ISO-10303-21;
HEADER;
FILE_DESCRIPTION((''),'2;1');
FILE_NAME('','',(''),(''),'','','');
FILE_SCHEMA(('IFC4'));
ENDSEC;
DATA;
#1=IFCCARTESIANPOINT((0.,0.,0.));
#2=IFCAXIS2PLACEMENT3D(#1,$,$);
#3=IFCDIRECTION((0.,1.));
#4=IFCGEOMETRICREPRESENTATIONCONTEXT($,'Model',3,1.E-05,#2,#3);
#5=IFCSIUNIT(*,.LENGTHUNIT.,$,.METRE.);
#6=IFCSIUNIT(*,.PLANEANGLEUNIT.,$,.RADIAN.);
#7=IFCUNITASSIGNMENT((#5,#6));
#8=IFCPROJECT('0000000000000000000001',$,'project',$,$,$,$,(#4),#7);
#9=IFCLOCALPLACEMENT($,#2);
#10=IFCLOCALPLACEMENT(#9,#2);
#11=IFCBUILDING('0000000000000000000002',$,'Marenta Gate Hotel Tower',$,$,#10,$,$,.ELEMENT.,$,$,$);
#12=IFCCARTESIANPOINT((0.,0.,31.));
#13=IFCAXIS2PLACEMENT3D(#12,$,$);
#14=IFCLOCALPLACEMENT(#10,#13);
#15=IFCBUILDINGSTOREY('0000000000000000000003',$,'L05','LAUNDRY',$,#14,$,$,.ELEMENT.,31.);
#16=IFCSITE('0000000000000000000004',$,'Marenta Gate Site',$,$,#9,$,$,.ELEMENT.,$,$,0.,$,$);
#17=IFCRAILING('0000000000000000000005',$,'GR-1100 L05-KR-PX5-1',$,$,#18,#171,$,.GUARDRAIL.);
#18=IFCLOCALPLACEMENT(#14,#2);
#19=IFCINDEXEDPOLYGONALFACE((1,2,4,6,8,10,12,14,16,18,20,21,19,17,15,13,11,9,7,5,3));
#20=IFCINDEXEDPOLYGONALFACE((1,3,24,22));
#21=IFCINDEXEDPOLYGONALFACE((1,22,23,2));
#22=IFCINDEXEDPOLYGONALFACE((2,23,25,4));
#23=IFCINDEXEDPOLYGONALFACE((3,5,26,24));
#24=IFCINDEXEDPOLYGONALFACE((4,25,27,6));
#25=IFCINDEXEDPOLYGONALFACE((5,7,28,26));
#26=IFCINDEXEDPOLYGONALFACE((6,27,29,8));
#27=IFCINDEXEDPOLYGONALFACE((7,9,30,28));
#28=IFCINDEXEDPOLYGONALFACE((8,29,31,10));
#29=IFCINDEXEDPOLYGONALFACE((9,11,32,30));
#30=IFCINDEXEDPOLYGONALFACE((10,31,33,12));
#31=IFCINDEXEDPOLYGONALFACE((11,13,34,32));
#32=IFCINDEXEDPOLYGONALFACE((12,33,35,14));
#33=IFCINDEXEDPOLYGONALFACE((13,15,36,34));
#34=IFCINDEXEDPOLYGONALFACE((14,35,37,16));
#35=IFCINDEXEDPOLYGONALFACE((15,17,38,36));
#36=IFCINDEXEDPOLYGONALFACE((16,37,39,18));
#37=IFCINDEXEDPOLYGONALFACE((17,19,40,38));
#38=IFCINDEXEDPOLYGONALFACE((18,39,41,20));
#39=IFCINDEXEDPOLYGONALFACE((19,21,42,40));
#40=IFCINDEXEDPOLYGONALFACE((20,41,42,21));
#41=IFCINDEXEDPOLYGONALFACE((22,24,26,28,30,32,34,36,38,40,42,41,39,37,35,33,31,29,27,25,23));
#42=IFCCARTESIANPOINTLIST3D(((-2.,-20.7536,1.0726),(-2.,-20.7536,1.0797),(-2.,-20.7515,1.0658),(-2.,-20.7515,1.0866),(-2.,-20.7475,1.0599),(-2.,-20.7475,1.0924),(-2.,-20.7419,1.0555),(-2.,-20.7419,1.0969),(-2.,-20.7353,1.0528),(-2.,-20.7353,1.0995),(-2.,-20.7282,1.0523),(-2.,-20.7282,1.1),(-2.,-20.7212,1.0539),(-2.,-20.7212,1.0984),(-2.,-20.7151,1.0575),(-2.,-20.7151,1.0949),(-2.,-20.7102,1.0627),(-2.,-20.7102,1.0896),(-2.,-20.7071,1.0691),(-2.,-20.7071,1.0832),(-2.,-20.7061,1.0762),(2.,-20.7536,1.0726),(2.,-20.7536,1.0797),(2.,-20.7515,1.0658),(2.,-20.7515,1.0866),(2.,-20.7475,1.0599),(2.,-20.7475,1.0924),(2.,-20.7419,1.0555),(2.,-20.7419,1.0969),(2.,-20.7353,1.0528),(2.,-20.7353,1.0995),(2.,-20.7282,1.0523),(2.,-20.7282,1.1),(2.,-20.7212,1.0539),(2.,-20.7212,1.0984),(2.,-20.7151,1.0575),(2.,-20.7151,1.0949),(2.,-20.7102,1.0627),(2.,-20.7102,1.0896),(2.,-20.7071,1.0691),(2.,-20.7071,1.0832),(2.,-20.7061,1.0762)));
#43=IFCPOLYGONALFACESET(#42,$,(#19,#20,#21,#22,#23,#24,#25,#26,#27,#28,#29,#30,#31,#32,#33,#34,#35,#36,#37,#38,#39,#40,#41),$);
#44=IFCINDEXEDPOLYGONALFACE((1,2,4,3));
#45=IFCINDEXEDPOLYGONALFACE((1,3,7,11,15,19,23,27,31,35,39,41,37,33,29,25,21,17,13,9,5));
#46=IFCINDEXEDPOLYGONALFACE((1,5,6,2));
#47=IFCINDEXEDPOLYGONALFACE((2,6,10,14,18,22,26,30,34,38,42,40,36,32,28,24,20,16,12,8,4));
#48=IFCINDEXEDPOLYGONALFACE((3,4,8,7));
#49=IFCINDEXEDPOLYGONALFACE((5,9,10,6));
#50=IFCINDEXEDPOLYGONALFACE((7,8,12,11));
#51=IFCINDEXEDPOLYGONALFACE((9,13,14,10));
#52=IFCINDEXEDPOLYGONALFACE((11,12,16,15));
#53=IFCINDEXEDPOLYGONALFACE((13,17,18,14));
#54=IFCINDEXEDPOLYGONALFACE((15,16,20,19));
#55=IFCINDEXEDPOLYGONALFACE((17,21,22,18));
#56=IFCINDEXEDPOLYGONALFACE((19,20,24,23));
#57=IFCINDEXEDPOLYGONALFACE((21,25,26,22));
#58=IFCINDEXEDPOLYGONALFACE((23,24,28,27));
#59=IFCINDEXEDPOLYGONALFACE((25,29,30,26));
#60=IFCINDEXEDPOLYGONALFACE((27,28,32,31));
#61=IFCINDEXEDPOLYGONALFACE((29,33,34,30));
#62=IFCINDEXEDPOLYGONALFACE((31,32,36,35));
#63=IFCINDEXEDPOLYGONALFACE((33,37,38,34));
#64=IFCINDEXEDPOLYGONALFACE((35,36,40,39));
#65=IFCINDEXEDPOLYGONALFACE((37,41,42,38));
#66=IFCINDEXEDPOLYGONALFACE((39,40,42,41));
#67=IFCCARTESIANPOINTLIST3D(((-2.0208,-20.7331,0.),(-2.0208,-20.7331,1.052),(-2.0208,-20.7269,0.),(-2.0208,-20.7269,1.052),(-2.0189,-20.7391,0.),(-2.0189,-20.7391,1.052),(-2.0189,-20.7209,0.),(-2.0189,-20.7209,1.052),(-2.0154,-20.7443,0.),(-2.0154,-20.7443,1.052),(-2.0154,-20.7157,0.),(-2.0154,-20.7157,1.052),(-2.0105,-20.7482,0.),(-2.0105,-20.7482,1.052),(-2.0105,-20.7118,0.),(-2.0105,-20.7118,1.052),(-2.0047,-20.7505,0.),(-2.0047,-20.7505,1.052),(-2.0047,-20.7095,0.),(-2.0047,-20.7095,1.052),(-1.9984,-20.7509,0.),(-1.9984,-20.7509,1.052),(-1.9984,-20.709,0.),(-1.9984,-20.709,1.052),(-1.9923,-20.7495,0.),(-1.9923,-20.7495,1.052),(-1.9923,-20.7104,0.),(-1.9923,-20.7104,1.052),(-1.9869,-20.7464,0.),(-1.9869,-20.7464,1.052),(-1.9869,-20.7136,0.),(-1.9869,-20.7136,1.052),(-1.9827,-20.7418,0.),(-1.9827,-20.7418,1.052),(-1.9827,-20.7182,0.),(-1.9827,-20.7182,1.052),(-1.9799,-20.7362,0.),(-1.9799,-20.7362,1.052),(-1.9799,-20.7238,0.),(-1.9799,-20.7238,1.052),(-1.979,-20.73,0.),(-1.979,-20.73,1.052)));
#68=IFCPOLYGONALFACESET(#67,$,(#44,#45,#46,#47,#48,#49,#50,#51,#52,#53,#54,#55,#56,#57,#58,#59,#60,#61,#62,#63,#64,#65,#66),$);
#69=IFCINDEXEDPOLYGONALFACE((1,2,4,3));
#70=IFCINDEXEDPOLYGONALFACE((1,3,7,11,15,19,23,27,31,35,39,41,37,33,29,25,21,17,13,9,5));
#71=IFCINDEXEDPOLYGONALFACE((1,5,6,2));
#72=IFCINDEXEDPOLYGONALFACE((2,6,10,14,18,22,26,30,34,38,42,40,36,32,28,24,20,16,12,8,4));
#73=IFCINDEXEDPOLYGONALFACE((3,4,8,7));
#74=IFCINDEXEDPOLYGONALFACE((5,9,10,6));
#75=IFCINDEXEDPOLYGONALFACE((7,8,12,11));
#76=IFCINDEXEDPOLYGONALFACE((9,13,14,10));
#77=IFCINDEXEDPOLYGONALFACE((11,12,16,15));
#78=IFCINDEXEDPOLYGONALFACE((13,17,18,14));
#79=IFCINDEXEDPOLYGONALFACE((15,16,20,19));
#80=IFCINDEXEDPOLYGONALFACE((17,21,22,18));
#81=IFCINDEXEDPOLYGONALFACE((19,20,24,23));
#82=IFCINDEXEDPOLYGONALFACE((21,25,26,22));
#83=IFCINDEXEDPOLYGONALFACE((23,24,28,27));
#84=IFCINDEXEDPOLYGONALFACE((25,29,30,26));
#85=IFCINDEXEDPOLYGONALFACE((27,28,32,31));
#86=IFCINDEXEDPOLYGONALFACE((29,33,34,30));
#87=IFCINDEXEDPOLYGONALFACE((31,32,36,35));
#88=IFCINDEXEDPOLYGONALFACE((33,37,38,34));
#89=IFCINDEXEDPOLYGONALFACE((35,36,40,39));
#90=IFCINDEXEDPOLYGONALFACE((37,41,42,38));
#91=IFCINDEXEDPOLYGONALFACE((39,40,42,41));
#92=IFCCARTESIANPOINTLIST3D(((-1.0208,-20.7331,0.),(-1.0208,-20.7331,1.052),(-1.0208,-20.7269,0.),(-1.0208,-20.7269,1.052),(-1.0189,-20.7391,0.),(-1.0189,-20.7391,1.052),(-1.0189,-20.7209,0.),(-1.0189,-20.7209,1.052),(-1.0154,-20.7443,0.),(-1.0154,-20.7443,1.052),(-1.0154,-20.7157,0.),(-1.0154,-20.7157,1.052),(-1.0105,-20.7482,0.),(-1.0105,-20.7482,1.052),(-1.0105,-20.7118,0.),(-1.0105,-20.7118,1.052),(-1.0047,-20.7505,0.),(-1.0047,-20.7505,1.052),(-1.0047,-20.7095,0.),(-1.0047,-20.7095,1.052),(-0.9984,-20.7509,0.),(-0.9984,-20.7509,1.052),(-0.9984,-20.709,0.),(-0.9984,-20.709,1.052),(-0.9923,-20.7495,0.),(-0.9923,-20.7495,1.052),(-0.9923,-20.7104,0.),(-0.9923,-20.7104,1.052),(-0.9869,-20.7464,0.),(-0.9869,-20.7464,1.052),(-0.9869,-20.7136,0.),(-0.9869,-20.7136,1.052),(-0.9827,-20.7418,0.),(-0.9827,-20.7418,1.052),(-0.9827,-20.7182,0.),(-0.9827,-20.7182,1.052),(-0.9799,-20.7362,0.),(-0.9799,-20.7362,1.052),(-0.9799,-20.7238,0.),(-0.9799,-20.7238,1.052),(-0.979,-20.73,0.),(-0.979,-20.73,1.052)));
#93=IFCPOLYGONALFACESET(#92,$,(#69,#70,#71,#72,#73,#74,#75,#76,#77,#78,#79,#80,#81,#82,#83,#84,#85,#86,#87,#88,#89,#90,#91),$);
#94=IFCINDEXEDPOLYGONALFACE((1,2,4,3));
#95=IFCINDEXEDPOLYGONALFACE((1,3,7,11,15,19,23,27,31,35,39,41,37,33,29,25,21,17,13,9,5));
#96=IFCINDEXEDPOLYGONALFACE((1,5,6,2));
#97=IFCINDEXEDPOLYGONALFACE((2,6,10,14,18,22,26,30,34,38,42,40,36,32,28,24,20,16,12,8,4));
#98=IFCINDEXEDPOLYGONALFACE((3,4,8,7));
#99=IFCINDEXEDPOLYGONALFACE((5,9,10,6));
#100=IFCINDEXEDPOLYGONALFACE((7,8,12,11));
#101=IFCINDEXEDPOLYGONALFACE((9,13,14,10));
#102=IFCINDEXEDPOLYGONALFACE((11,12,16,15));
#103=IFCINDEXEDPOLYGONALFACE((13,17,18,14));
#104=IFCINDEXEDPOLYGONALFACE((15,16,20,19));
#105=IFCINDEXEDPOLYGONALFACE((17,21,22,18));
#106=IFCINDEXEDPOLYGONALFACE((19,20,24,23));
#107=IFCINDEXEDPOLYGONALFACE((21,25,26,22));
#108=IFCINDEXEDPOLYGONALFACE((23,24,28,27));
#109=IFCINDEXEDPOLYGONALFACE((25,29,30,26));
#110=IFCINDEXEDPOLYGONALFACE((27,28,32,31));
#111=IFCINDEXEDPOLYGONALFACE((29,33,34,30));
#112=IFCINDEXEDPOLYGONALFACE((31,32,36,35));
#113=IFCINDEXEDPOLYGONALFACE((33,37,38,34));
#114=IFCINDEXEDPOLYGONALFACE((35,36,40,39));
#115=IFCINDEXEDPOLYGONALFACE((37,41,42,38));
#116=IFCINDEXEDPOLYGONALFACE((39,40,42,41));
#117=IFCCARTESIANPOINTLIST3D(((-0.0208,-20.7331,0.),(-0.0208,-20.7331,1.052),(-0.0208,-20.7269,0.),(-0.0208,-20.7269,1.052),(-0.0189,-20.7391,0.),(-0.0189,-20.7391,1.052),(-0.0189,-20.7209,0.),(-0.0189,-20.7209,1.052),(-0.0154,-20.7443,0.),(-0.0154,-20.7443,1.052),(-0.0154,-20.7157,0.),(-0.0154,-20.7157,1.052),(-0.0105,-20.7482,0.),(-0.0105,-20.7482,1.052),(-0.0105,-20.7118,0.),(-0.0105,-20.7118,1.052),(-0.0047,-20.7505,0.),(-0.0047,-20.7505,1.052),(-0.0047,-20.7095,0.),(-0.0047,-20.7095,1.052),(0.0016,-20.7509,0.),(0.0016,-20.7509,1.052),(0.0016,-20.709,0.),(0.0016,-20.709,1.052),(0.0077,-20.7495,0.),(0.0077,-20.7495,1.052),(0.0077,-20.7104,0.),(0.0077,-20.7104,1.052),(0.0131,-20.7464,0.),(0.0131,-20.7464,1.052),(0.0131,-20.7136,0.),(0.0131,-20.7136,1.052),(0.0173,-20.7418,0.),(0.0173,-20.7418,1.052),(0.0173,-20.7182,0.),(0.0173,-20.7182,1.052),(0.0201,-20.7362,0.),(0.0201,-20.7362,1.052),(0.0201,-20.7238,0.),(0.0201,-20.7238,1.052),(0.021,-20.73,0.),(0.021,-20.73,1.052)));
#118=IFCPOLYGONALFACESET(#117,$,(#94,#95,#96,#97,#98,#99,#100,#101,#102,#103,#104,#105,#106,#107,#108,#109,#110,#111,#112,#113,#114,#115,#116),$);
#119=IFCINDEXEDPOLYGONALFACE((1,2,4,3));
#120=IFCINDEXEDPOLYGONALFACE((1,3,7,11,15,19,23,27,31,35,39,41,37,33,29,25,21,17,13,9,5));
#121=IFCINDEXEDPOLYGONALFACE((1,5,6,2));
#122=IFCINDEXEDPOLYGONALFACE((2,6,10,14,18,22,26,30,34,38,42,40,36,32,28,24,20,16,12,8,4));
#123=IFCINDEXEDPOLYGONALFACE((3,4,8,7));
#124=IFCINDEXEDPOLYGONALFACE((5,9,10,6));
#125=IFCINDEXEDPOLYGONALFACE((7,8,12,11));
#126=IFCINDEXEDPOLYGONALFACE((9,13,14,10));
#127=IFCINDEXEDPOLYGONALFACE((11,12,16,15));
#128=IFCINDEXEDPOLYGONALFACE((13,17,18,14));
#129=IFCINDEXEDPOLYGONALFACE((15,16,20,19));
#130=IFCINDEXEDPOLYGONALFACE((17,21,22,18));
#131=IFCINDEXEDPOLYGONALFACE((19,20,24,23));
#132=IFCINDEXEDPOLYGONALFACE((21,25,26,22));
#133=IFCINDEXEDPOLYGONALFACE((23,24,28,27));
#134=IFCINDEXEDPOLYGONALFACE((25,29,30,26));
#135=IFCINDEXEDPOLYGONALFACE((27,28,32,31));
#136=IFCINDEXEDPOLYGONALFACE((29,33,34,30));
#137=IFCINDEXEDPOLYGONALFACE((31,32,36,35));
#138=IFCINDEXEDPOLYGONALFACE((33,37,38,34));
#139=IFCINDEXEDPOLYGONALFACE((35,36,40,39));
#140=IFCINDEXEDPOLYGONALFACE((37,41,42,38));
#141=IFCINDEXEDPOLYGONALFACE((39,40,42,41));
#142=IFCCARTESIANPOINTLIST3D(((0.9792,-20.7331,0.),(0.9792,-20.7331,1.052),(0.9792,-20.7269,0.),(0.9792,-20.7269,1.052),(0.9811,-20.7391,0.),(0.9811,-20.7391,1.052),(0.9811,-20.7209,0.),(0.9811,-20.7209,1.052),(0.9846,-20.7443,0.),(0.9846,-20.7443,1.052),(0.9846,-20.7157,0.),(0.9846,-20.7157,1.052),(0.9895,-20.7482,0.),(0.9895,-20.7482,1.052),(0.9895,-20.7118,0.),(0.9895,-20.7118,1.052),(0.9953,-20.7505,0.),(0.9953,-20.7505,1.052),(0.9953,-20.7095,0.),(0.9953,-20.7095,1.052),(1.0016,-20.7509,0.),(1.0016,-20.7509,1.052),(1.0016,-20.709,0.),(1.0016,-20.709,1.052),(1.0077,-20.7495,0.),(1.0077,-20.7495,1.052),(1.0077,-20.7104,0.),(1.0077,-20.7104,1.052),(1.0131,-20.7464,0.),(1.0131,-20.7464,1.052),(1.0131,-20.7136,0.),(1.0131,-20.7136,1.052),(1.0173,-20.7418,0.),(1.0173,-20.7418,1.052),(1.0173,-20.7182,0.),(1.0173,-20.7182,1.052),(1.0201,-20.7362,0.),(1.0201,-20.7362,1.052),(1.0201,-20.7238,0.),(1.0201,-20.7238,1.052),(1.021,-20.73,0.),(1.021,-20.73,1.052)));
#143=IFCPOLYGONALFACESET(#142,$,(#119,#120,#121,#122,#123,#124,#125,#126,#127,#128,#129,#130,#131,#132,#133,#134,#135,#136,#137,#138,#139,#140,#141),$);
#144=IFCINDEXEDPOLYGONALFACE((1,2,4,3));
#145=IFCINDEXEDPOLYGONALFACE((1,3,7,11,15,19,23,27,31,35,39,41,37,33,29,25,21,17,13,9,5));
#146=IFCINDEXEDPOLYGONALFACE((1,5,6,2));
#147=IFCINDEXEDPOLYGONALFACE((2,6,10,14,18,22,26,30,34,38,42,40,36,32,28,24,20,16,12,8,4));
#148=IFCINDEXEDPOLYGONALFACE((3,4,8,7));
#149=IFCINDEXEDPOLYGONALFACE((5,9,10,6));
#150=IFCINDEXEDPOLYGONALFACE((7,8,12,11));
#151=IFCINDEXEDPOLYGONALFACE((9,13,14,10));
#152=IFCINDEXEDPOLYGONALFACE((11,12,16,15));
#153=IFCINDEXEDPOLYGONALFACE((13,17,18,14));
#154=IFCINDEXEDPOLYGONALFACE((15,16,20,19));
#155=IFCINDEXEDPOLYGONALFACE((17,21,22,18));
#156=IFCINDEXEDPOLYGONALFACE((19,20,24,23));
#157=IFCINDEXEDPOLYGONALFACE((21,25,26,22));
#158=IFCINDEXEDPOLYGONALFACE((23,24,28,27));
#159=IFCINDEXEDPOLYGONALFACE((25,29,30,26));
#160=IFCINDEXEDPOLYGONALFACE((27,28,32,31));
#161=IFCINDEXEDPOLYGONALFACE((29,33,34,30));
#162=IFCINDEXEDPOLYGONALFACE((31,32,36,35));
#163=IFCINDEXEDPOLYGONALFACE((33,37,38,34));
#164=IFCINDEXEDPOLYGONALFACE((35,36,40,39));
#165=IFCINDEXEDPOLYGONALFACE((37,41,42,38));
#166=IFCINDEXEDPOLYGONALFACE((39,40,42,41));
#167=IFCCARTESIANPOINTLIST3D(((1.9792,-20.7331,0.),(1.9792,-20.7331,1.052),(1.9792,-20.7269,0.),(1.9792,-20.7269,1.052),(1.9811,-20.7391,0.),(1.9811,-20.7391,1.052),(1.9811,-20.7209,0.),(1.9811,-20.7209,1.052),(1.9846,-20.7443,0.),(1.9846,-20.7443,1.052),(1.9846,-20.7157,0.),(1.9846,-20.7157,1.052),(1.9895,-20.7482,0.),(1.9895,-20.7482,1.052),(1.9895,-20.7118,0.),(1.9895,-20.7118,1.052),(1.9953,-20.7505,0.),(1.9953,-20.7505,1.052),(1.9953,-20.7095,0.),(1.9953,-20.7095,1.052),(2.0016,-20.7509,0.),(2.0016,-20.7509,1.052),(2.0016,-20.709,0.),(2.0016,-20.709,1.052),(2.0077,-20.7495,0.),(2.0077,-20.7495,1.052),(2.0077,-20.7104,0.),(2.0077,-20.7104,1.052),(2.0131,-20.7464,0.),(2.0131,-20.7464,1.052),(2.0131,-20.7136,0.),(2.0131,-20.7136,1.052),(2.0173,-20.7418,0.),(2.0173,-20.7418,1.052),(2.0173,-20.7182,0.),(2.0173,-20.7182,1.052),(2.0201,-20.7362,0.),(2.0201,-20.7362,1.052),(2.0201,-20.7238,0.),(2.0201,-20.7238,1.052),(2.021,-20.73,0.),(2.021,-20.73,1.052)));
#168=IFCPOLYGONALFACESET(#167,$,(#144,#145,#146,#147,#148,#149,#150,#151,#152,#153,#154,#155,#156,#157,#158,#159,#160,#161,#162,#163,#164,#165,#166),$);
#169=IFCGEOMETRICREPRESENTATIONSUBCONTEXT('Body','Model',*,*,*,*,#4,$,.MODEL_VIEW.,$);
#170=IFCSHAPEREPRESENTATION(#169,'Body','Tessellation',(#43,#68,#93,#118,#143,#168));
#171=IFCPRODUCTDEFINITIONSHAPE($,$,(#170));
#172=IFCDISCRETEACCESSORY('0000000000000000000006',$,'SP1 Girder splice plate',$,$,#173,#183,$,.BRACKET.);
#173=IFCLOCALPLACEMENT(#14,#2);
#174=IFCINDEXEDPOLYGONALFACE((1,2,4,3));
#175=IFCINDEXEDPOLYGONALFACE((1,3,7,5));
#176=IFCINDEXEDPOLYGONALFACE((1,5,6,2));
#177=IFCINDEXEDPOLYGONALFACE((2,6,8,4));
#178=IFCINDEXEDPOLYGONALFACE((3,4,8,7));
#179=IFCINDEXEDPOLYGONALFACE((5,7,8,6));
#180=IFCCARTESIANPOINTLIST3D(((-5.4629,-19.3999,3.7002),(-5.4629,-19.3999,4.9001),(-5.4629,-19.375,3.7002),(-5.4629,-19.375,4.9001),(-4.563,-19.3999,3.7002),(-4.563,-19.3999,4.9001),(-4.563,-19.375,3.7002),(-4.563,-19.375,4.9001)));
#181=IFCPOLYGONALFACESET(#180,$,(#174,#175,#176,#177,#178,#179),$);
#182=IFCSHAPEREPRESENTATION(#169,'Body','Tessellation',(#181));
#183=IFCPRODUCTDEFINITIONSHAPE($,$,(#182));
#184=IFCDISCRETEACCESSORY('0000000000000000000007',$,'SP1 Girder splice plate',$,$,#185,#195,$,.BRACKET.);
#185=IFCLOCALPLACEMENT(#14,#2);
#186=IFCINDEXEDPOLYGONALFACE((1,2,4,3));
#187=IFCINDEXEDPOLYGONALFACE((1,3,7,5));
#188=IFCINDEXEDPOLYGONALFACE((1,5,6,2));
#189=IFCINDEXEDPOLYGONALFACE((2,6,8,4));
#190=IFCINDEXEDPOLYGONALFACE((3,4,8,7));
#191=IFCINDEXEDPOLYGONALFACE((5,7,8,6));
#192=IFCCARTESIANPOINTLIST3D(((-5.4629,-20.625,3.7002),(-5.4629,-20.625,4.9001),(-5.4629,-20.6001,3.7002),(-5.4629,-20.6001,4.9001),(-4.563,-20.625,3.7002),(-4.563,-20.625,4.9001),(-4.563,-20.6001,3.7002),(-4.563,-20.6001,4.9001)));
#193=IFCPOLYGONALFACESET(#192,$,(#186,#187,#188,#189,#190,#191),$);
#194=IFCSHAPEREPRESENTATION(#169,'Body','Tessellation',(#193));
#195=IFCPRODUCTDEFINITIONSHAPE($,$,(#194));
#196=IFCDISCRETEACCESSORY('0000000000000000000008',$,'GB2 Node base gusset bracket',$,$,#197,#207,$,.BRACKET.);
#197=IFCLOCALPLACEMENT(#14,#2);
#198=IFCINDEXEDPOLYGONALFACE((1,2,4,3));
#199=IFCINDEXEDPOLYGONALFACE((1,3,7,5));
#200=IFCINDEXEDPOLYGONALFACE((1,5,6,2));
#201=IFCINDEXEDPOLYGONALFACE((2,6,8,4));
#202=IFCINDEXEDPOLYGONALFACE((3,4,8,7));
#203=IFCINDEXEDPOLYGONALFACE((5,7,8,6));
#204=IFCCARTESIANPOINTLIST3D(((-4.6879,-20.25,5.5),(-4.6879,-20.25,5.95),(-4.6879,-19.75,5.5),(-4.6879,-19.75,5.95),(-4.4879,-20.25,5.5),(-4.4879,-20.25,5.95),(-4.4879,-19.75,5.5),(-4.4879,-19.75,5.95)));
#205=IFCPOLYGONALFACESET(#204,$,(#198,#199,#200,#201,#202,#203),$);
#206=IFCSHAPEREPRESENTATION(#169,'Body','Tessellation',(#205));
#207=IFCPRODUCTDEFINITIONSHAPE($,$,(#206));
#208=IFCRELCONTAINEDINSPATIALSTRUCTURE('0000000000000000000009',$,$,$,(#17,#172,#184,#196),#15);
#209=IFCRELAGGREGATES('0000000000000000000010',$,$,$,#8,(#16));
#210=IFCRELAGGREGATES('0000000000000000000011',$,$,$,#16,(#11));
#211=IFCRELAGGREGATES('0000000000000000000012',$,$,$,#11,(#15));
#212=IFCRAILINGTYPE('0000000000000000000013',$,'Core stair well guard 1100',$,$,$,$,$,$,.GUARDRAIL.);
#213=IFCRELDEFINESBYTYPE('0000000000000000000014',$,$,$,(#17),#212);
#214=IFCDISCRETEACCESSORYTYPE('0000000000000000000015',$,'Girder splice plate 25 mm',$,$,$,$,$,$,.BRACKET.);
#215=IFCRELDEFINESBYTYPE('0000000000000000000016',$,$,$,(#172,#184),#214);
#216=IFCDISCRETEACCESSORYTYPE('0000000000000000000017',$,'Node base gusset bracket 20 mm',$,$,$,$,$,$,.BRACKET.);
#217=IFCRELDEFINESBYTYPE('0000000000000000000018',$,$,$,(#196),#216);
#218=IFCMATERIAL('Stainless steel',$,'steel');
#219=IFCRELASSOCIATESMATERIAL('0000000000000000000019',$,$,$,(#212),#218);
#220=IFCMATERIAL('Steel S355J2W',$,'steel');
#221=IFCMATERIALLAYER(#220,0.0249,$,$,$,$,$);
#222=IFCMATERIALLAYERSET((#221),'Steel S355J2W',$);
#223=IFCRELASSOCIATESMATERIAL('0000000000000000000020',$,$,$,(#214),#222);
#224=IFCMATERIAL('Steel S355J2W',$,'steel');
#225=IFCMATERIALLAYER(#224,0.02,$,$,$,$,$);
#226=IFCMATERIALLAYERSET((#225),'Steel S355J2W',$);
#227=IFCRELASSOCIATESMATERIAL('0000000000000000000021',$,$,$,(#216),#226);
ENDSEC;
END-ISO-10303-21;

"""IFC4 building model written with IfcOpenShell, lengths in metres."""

from ifc_helpers import new_model, si_unit, direction, frame, origin, origin_2d, place, context, subcontext, project, spatial, rectangle, circle, extrude, material, layer, layer_set, type_object, element, save


model = new_model("IFC4")

# Units and contexts
model_context = context("Model", 3, precision=1e-05, world=origin(), true_north=direction((0.0, 1.0)))
body_context = subcontext(model_context, "Body", "Model", "MODEL_VIEW")
ifc_project = project(units=[si_unit("LENGTHUNIT", "METRE"), si_unit("PLANEANGLEUNIT", "RADIAN")], contexts=[model_context])

# Site, building, storey
site_placement = place(None, origin())
site = spatial("IfcSite", under=ifc_project, at=site_placement, Name="Marenta Gate Site", CompositionType="ELEMENT", RefElevation=0.0)
building_placement = place(site_placement, origin())
building = spatial("IfcBuilding", under=site, at=building_placement, Name="Marenta Gate Hotel Tower", CompositionType="ELEMENT")
storey_placement = place(building_placement, frame((0.0, 0.0, 31.0)))
storey = spatial("IfcBuildingStorey", under=building, at=storey_placement, Name="L05", Description="LAUNDRY", CompositionType="ELEMENT", Elevation=31.0)

# Railing
ifc_material_1 = material(Name="Stainless steel", Category="steel")
railing_type = type_object("IfcRailingType", Name="Core stair well guard 1100", PredefinedType="GUARDRAIL", material=ifc_material_1)
railing_placement = place(storey_placement, frame((-2.0, -20.73, 0.0)))
element("IfcRailing", 1, at=railing_placement, inside=storey, type_object=railing_type, Name="GR-1100 L05-KR-PX5-1", PredefinedType="GUARDRAIL", context=body_context, shape_type="SweptSolid", body=[
    extrude(circle(Radius=0.0239, at=origin_2d()), frame((0.0, 0.0, 1.0762), z_axis=(1.0, 0.0, 0.0), x_axis=(0.0, 1.0, 0.0)), (0.0, 0.0, 1.0), 4.0),
    extrude(circle(Radius=0.021, at=origin_2d()), origin(), (0.0, 0.0, 1.0), 1.052),
    extrude(circle(Radius=0.021, at=origin_2d()), frame((1.0, 0.0, 0.0)), (0.0, 0.0, 1.0), 1.052),
    extrude(circle(Radius=0.021, at=origin_2d()), frame((2.0, 0.0, 0.0)), (0.0, 0.0, 1.0), 1.052),
    extrude(circle(Radius=0.021, at=origin_2d()), frame((3.0, 0.0, 0.0)), (0.0, 0.0, 1.0), 1.052),
    extrude(circle(Radius=0.021, at=origin_2d()), frame((4.0, 0.0, 0.0)), (0.0, 0.0, 1.0), 1.052),
])

# Discrete accessories
ifc_material_2 = material(Name="Steel S355J2W", Category="steel")
ifc_layer_1 = layer(ifc_material_2, 0.0249)
ifc_layer_set_1 = layer_set([ifc_layer_1], Name="Steel S355J2W")
discrete_accessory_type_1 = type_object("IfcDiscreteAccessoryType", Name="Girder splice plate 25 mm", PredefinedType="BRACKET", material=ifc_layer_set_1)
for number, where, z_axis, x_axis, name in (
    (2, (-5.0129, -19.3875, 3.7002), (0.0, 0.0, 1.0), (-1.0, 0.0, 0.0), "SP1 Girder splice plate"),
    (3, (-5.0129, -20.6125, 3.7002), (0.0, 0.0, 1.0), (-1.0, 0.0, 0.0), "SP1 Girder splice plate"),
):
    element("IfcDiscreteAccessory", number, at=place(storey_placement, frame(where, z_axis=z_axis, x_axis=x_axis)), inside=storey, type_object=discrete_accessory_type_1, Name=name, PredefinedType="BRACKET", context=body_context, shape_type="SweptSolid", body=[
        extrude(rectangle(XDim=0.8999, YDim=0.0249, at=origin_2d()), origin(), (0.0, 0.0, 1.0), 1.2),
    ])
ifc_material_3 = material(Name="Steel S355J2W", Category="steel")
ifc_layer_2 = layer(ifc_material_3, 0.02)
ifc_layer_set_2 = layer_set([ifc_layer_2], Name="Steel S355J2W")
discrete_accessory_type_2 = type_object("IfcDiscreteAccessoryType", Name="Node base gusset bracket 20 mm", PredefinedType="BRACKET", material=ifc_layer_set_2)
for number, where, z_axis, x_axis, name in (
    (4, (-4.5879, -20.0, 5.5), (0.0, 0.0, 1.0), (-1.0, 0.0, 0.0), "GB2 Node base gusset bracket"),
):
    element("IfcDiscreteAccessory", number, at=place(storey_placement, frame(where, z_axis=z_axis, x_axis=x_axis)), inside=storey, type_object=discrete_accessory_type_2, Name=name, PredefinedType="BRACKET", context=body_context, shape_type="SweptSolid", body=[
        extrude(rectangle(XDim=0.2, YDim=0.5, at=origin_2d()), origin(), (0.0, 0.0, 1.0), 0.45),
    ])

save(model, "model.ifc")
